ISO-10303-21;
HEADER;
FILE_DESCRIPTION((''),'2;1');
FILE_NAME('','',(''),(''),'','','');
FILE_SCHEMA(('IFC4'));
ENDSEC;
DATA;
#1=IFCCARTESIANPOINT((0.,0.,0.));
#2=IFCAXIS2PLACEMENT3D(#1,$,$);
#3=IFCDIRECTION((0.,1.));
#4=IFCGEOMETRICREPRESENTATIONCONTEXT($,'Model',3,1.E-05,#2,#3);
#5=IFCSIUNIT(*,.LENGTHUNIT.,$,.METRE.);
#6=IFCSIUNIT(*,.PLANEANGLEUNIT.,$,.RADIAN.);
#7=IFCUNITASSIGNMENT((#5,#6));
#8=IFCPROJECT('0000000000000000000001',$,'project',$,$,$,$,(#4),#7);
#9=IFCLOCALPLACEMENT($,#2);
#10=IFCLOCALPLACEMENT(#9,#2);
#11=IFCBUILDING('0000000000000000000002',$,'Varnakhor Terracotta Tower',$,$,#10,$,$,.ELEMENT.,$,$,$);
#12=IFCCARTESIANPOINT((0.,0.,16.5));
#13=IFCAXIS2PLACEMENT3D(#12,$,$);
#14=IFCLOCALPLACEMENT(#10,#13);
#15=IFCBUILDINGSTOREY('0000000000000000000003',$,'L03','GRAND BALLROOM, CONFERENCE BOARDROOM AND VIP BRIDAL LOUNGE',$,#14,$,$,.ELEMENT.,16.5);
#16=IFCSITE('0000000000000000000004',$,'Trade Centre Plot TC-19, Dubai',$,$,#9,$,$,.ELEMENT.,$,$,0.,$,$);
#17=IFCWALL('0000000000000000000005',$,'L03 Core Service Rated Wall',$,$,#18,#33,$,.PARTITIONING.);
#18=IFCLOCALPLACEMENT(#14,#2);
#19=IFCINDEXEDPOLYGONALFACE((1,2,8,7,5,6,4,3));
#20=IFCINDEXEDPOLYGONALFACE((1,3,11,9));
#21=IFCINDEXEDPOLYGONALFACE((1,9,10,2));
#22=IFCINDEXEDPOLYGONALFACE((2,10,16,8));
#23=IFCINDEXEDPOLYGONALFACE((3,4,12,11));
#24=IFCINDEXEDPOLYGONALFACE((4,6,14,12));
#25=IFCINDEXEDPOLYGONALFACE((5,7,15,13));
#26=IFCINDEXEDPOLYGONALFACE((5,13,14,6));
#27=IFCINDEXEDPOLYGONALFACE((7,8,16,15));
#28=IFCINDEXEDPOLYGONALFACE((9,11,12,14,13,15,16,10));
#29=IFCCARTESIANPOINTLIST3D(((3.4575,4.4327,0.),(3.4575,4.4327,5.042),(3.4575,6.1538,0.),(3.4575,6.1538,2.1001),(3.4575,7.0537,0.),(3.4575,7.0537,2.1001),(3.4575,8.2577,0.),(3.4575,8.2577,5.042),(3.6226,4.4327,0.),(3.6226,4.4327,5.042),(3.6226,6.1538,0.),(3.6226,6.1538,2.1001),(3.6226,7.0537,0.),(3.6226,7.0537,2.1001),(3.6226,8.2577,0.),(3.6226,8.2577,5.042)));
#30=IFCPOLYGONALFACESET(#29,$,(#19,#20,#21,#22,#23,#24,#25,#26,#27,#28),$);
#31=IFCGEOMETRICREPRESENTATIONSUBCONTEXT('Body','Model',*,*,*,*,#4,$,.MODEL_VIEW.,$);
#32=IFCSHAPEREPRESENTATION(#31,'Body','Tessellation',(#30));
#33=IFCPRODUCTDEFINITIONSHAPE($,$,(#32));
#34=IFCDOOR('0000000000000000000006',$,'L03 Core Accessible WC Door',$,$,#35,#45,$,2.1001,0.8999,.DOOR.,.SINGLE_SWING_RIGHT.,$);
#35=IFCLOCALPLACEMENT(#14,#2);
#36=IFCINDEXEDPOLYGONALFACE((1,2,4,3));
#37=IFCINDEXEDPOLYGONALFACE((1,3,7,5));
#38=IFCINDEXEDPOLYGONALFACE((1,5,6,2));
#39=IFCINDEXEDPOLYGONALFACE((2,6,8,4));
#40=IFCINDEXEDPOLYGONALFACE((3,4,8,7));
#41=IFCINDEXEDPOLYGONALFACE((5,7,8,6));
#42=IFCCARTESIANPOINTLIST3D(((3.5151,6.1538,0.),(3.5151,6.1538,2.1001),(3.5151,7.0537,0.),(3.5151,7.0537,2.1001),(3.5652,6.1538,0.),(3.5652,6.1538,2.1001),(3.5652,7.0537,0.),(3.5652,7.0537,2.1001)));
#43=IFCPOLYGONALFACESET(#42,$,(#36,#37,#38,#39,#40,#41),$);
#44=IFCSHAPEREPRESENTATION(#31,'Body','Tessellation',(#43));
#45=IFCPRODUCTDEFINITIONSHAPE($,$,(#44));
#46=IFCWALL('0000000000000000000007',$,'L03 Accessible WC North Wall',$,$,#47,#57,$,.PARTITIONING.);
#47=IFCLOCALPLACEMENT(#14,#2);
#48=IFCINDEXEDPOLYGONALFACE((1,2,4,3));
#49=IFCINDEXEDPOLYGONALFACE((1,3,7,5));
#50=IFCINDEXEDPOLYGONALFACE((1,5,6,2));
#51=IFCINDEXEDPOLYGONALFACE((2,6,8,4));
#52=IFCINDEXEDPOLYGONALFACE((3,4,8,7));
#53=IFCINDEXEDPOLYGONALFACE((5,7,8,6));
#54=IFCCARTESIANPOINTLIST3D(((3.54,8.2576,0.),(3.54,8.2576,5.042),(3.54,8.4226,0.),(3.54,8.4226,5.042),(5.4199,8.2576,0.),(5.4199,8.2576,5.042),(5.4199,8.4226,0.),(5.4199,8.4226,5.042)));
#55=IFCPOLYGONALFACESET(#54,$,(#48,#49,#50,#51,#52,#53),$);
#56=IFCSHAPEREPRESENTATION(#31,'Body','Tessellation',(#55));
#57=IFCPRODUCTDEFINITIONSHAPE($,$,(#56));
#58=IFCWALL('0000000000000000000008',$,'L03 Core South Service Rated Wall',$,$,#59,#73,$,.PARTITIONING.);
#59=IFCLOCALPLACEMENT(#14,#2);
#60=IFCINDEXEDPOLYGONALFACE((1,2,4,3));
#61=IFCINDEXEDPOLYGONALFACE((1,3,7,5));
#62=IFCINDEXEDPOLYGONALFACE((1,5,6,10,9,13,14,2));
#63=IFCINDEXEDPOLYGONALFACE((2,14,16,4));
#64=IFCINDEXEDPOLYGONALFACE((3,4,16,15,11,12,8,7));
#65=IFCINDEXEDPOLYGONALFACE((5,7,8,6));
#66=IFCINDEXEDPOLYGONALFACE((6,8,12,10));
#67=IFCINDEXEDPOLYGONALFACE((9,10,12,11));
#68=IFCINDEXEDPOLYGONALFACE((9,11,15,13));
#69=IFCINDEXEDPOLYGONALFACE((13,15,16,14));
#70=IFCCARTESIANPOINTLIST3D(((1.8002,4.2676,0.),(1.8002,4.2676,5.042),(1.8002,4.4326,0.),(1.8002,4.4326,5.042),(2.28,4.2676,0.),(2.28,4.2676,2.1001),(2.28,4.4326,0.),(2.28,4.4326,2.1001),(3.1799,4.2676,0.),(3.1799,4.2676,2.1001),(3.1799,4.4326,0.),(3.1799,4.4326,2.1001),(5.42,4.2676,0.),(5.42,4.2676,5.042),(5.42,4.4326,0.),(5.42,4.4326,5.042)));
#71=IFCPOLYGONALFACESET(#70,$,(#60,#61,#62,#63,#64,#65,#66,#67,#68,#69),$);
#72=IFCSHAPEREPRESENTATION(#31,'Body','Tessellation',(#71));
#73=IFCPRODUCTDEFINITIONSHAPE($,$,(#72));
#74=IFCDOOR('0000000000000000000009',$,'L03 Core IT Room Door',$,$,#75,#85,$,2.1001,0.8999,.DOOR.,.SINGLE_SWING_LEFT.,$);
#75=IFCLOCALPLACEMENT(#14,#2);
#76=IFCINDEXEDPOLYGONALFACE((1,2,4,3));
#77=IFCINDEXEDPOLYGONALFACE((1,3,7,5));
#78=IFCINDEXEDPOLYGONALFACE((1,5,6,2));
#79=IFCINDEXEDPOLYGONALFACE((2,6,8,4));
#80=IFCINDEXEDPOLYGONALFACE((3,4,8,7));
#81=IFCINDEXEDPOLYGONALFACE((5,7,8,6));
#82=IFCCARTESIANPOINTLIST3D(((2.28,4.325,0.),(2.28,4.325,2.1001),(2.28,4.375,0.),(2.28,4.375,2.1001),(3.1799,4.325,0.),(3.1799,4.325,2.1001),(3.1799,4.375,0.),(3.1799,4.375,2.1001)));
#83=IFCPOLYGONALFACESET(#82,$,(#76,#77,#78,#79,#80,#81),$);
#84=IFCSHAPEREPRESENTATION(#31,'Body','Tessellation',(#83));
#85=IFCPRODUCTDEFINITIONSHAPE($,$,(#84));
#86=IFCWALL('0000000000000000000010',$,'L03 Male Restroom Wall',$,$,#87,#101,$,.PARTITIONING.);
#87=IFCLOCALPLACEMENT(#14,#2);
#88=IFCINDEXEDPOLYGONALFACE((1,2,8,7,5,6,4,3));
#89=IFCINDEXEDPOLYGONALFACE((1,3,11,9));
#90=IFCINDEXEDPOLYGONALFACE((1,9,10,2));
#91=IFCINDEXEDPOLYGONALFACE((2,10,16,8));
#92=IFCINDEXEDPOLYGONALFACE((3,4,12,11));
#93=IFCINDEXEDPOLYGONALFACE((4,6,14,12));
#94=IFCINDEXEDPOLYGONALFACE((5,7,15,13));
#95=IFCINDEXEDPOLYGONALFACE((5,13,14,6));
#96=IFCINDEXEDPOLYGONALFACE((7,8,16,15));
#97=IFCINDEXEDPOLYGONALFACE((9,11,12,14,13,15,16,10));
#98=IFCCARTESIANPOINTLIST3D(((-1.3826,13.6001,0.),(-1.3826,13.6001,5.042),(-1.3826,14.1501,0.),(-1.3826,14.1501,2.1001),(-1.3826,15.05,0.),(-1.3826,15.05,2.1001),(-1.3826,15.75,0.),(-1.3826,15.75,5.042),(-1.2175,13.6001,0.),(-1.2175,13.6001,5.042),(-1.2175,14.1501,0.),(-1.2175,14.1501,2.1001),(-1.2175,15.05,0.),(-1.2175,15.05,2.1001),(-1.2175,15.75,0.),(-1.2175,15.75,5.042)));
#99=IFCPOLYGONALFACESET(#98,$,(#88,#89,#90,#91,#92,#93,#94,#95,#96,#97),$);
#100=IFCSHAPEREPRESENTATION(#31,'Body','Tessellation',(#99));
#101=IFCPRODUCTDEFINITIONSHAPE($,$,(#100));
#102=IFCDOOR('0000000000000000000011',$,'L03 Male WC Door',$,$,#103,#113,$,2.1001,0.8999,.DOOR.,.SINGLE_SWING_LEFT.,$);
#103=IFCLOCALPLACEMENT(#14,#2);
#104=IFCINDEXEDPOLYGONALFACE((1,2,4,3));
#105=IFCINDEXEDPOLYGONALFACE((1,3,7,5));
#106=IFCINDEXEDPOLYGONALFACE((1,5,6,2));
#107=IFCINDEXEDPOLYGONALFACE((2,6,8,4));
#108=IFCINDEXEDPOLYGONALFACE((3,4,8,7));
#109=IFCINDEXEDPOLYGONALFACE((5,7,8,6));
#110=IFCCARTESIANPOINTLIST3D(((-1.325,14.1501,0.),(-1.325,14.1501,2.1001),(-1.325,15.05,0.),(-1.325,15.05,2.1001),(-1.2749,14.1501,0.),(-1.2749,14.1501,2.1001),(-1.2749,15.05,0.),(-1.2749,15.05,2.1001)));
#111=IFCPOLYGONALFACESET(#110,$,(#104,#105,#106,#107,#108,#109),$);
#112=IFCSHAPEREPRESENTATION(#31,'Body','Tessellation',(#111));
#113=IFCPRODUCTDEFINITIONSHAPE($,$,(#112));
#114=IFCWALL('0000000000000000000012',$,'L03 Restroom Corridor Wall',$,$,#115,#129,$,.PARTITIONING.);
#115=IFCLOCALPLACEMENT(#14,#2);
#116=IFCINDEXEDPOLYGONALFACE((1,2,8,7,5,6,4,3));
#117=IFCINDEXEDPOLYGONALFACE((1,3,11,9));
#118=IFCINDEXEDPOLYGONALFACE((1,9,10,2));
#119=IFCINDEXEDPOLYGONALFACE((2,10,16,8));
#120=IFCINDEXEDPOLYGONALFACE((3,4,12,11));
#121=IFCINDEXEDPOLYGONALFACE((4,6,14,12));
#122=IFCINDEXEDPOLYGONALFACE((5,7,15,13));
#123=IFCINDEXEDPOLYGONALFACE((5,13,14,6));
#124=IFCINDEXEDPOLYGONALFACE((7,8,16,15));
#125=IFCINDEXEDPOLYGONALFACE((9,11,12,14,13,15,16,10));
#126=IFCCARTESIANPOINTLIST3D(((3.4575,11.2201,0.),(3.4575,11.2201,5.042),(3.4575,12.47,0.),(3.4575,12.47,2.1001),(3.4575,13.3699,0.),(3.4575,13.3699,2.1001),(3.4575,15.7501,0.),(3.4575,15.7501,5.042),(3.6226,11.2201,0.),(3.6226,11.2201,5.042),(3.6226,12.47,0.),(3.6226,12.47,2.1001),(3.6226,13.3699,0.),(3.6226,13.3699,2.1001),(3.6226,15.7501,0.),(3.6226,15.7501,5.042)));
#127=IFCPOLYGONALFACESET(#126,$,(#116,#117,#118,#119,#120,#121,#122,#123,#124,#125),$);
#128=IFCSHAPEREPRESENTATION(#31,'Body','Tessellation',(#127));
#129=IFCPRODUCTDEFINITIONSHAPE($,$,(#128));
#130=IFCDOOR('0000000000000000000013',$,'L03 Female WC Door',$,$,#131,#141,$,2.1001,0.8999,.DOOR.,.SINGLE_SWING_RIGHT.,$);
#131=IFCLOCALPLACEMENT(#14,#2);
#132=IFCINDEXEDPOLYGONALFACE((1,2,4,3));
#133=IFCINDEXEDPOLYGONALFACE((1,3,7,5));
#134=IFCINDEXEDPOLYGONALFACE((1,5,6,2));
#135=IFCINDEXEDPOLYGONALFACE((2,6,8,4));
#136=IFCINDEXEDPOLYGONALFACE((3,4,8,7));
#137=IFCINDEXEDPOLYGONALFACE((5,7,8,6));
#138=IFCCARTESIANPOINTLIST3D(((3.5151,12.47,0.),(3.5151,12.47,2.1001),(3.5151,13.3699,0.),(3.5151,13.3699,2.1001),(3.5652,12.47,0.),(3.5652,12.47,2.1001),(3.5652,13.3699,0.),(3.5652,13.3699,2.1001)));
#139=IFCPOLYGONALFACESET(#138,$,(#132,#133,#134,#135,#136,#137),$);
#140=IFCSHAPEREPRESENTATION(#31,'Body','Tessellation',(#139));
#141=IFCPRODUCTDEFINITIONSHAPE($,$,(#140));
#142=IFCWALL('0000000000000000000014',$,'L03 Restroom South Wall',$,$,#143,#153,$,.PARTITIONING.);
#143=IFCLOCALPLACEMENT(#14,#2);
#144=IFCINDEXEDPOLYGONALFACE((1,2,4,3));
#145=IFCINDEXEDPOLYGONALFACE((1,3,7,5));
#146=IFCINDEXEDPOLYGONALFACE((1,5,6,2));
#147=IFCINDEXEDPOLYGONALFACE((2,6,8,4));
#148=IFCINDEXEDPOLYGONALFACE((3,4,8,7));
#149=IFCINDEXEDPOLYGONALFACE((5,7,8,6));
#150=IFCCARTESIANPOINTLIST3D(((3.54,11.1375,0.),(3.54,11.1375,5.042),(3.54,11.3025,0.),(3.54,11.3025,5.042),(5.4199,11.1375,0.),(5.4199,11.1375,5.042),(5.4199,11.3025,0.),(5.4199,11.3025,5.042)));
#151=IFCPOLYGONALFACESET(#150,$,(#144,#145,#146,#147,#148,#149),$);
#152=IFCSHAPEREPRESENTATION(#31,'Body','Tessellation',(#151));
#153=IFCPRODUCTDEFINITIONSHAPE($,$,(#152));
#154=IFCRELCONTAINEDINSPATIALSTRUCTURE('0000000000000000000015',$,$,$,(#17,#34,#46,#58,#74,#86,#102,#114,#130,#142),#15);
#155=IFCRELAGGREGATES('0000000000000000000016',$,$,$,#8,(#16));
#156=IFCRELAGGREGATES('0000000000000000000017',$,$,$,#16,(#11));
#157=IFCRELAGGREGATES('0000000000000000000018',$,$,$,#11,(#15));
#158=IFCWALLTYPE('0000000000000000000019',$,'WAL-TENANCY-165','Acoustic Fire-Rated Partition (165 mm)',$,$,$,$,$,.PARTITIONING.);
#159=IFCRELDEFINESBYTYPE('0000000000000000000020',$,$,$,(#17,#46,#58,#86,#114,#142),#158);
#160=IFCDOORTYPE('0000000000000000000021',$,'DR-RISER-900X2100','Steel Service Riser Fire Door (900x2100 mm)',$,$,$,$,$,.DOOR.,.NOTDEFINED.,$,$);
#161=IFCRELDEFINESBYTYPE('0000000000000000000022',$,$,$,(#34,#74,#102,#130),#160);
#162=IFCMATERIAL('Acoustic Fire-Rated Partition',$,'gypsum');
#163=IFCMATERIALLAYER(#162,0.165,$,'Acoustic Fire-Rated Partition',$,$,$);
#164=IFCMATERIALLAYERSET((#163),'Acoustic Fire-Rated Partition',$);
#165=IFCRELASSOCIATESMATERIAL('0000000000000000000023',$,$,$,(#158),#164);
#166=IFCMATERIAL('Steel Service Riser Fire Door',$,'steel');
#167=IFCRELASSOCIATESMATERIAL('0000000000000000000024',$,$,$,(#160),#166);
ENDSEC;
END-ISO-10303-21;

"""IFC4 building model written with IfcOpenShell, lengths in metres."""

from ifc_helpers import new_model, si_unit, direction, frame, frame_2d, origin, place, context, subcontext, project, spatial, rectangle, extrude, source, transform, mapped, material, layer, layer_set, type_object, type_shapes, element, fill, save


model = new_model("IFC4")

# Units and contexts
model_context = context("Model", 3, precision=1e-05, world=origin(), true_north=direction((0.0, 1.0)))
body_context = subcontext(model_context, "Body", "Model", "MODEL_VIEW")
ifc_project = project(units=[si_unit("LENGTHUNIT", "METRE"), si_unit("PLANEANGLEUNIT", "RADIAN")], contexts=[model_context])

# Site, building, storey
site_placement = place(None, origin())
site = spatial("IfcSite", under=ifc_project, at=site_placement, Name="Trade Centre Plot TC-19, Dubai", CompositionType="ELEMENT", RefElevation=0.0)
building_placement = place(site_placement, origin())
building = spatial("IfcBuilding", under=site, at=building_placement, Name="Varnakhor Terracotta Tower", CompositionType="ELEMENT")
storey_placement = place(building_placement, frame((0.0, 0.0, 16.5)))
storey = spatial("IfcBuildingStorey", under=building, at=storey_placement, Name="L03", Description="GRAND BALLROOM, CONFERENCE BOARDROOM AND VIP BRIDAL LOUNGE", CompositionType="ELEMENT", Elevation=16.5)

# Wall, opening, door
ifc_material_1 = material(Name="Acoustic Fire-Rated Partition", Category="gypsum")
ifc_layer_1 = layer(ifc_material_1, 0.165, Name="Acoustic Fire-Rated Partition")
ifc_layer_set_1 = layer_set([ifc_layer_1], Name="Acoustic Fire-Rated Partition")
wall_type_1 = type_object("IfcWallType", Name="WAL-TENANCY-165", Description="Acoustic Fire-Rated Partition (165 mm)", PredefinedType="PARTITIONING", material=ifc_layer_set_1)
ifc_material_2 = material(Name="Steel Service Riser Fire Door", Category="steel")
door_type_1 = type_object("IfcDoorType", Name="DR-RISER-900X2100", Description="Steel Service Riser Fire Door (900x2100 mm)", OperationType="NOTDEFINED", PredefinedType="DOOR", material=ifc_material_2)
shared_shape_1 = source(origin(), body_context, "Body", "SweptSolid", [
    extrude(rectangle(XDim=0.8999, YDim=2.1001, at=frame_2d((0.45, 1.05))), frame((0.0, 0.0249, 0.0), z_axis=(0.0, -1.0, 0.0), x_axis=(1.0, 0.0, 0.0)), (0.0, 0.0, 1.0), 0.05),
])
type_shapes(door_type_1, [shared_shape_1])
wall_1_placement = place(storey_placement, frame((3.54, 4.4326, 0.0), z_axis=(0.0, 0.0, 1.0), x_axis=(0.0, 1.0, 0.0)))
wall_1 = element("IfcWall", 1, at=wall_1_placement, inside=storey, type_object=wall_type_1, Name="L03 Core Service Rated Wall", PredefinedType="PARTITIONING", context=body_context, shape_type="SweptSolid", body=[
    extrude(rectangle(XDim=3.825, YDim=0.165, at=frame_2d((1.9126, 0.0))), origin(), (0.0, 0.0, 1.0), 5.042),
])
opening_1_placement = place(wall_1_placement, frame((1.7212, 0.0, 0.0)))
opening_1 = element("IfcOpeningElement", 2, at=opening_1_placement, cuts=wall_1, PredefinedType="OPENING", context=body_context, shape_type="SweptSolid", body=[
    extrude(rectangle(XDim=0.8999, YDim=2.1001, at=frame_2d((0.45, 1.05))), frame((0.0, 0.0925, 0.0), z_axis=(0.0, -1.0, 0.0), x_axis=(1.0, 0.0, 0.0)), (0.0, 0.0, 1.0), 0.1851),
])
door_1_placement = place(opening_1_placement, origin())
door_1 = element("IfcDoor", 3, at=door_1_placement, inside=storey, type_object=door_type_1, Name="L03 Core Accessible WC Door", OperationType="SINGLE_SWING_RIGHT", OverallHeight=2.1001, OverallWidth=0.8999, PredefinedType="DOOR", context=body_context, shape_type="MappedRepresentation", body=[
    mapped(shared_shape_1, transform((0.0, 0.0, 0.0), scale=1.0)),
])
fill(opening_1, door_1)

# Wall
wall_2_placement = place(storey_placement, frame((3.54, 8.3401, 0.0), z_axis=(0.0, 0.0, 1.0), x_axis=(1.0, 0.0, 0.0)))
element("IfcWall", 4, at=wall_2_placement, inside=storey, type_object=wall_type_1, Name="L03 Accessible WC North Wall", PredefinedType="PARTITIONING", context=body_context, shape_type="SweptSolid", body=[
    extrude(rectangle(XDim=1.8799, YDim=0.165, at=frame_2d((0.9399, 0.0))), origin(), (0.0, 0.0, 1.0), 5.042),
])

# Walls, openings, doors
wall_3_placement = place(storey_placement, frame((1.8, 4.3501, 0.0), z_axis=(0.0, 0.0, 1.0), x_axis=(1.0, 0.0, 0.0)))
wall_3 = element("IfcWall", 5, at=wall_3_placement, inside=storey, type_object=wall_type_1, Name="L03 Core South Service Rated Wall", PredefinedType="PARTITIONING", context=body_context, shape_type="SweptSolid", body=[
    extrude(rectangle(XDim=3.6199, YDim=0.165, at=frame_2d((1.8101, 0.0))), origin(), (0.0, 0.0, 1.0), 5.042),
])
opening_2_placement = place(wall_3_placement, frame((0.48, 0.0, 0.0)))
opening_2 = element("IfcOpeningElement", 6, at=opening_2_placement, cuts=wall_3, PredefinedType="OPENING", context=body_context, shape_type="SweptSolid", body=[
    extrude(rectangle(XDim=0.8999, YDim=2.1001, at=frame_2d((0.45, 1.05))), frame((0.0, 0.0925, 0.0), z_axis=(0.0, -1.0, 0.0), x_axis=(1.0, 0.0, 0.0)), (0.0, 0.0, 1.0), 0.1851),
])
door_2_placement = place(opening_2_placement, origin())
door_2 = element("IfcDoor", 7, at=door_2_placement, inside=storey, type_object=door_type_1, Name="L03 Core IT Room Door", OperationType="SINGLE_SWING_LEFT", OverallHeight=2.1001, OverallWidth=0.8999, PredefinedType="DOOR", context=body_context, shape_type="MappedRepresentation", body=[
    mapped(shared_shape_1, transform((0.0, 0.0, 0.0), scale=1.0)),
])
fill(opening_2, door_2)
wall_4_placement = place(storey_placement, frame((-1.3, 13.6001, 0.0), z_axis=(0.0, 0.0, 1.0), x_axis=(0.0, 1.0, 0.0)))
wall_4 = element("IfcWall", 8, at=wall_4_placement, inside=storey, type_object=wall_type_1, Name="L03 Male Restroom Wall", PredefinedType="PARTITIONING", context=body_context, shape_type="SweptSolid", body=[
    extrude(rectangle(XDim=2.1499, YDim=0.165, at=frame_2d((1.075, 0.0))), origin(), (0.0, 0.0, 1.0), 5.042),
])
opening_3_placement = place(wall_4_placement, frame((0.55, 0.0, 0.0)))
opening_3 = element("IfcOpeningElement", 9, at=opening_3_placement, cuts=wall_4, PredefinedType="OPENING", context=body_context, shape_type="SweptSolid", body=[
    extrude(rectangle(XDim=0.8999, YDim=2.1001, at=frame_2d((0.45, 1.05))), frame((0.0, 0.0925, 0.0), z_axis=(0.0, -1.0, 0.0), x_axis=(1.0, 0.0, 0.0)), (0.0, 0.0, 1.0), 0.1851),
])
door_3_placement = place(opening_3_placement, origin())
door_3 = element("IfcDoor", 10, at=door_3_placement, inside=storey, type_object=door_type_1, Name="L03 Male WC Door", OperationType="SINGLE_SWING_LEFT", OverallHeight=2.1001, OverallWidth=0.8999, PredefinedType="DOOR", context=body_context, shape_type="MappedRepresentation", body=[
    mapped(shared_shape_1, transform((0.0, 0.0, 0.0), scale=1.0)),
])
fill(opening_3, door_3)
wall_5_placement = place(storey_placement, frame((3.54, 11.22, 0.0), z_axis=(0.0, 0.0, 1.0), x_axis=(0.0, 1.0, 0.0)))
wall_5 = element("IfcWall", 11, at=wall_5_placement, inside=storey, type_object=wall_type_1, Name="L03 Restroom Corridor Wall", PredefinedType="PARTITIONING", context=body_context, shape_type="SweptSolid", body=[
    extrude(rectangle(XDim=4.53, YDim=0.165, at=frame_2d((2.2651, 0.0))), origin(), (0.0, 0.0, 1.0), 5.042),
])
opening_4_placement = place(wall_5_placement, frame((1.25, 0.0, 0.0)))
opening_4 = element("IfcOpeningElement", 12, at=opening_4_placement, cuts=wall_5, PredefinedType="OPENING", context=body_context, shape_type="SweptSolid", body=[
    extrude(rectangle(XDim=0.8999, YDim=2.1001, at=frame_2d((0.45, 1.05))), frame((0.0, 0.0925, 0.0), z_axis=(0.0, -1.0, 0.0), x_axis=(1.0, 0.0, 0.0)), (0.0, 0.0, 1.0), 0.1851),
])
door_4_placement = place(opening_4_placement, origin())
door_4 = element("IfcDoor", 13, at=door_4_placement, inside=storey, type_object=door_type_1, Name="L03 Female WC Door", OperationType="SINGLE_SWING_RIGHT", OverallHeight=2.1001, OverallWidth=0.8999, PredefinedType="DOOR", context=body_context, shape_type="MappedRepresentation", body=[
    mapped(shared_shape_1, transform((0.0, 0.0, 0.0), scale=1.0)),
])
fill(opening_4, door_4)

# Wall
wall_6_placement = place(storey_placement, frame((3.54, 11.22, 0.0), z_axis=(0.0, 0.0, 1.0), x_axis=(1.0, 0.0, 0.0)))
element("IfcWall", 14, at=wall_6_placement, inside=storey, type_object=wall_type_1, Name="L03 Restroom South Wall", PredefinedType="PARTITIONING", context=body_context, shape_type="SweptSolid", body=[
    extrude(rectangle(XDim=1.8799, YDim=0.165, at=frame_2d((0.9399, 0.0))), origin(), (0.0, 0.0, 1.0), 5.042),
])

save(model, "model.ifc")
